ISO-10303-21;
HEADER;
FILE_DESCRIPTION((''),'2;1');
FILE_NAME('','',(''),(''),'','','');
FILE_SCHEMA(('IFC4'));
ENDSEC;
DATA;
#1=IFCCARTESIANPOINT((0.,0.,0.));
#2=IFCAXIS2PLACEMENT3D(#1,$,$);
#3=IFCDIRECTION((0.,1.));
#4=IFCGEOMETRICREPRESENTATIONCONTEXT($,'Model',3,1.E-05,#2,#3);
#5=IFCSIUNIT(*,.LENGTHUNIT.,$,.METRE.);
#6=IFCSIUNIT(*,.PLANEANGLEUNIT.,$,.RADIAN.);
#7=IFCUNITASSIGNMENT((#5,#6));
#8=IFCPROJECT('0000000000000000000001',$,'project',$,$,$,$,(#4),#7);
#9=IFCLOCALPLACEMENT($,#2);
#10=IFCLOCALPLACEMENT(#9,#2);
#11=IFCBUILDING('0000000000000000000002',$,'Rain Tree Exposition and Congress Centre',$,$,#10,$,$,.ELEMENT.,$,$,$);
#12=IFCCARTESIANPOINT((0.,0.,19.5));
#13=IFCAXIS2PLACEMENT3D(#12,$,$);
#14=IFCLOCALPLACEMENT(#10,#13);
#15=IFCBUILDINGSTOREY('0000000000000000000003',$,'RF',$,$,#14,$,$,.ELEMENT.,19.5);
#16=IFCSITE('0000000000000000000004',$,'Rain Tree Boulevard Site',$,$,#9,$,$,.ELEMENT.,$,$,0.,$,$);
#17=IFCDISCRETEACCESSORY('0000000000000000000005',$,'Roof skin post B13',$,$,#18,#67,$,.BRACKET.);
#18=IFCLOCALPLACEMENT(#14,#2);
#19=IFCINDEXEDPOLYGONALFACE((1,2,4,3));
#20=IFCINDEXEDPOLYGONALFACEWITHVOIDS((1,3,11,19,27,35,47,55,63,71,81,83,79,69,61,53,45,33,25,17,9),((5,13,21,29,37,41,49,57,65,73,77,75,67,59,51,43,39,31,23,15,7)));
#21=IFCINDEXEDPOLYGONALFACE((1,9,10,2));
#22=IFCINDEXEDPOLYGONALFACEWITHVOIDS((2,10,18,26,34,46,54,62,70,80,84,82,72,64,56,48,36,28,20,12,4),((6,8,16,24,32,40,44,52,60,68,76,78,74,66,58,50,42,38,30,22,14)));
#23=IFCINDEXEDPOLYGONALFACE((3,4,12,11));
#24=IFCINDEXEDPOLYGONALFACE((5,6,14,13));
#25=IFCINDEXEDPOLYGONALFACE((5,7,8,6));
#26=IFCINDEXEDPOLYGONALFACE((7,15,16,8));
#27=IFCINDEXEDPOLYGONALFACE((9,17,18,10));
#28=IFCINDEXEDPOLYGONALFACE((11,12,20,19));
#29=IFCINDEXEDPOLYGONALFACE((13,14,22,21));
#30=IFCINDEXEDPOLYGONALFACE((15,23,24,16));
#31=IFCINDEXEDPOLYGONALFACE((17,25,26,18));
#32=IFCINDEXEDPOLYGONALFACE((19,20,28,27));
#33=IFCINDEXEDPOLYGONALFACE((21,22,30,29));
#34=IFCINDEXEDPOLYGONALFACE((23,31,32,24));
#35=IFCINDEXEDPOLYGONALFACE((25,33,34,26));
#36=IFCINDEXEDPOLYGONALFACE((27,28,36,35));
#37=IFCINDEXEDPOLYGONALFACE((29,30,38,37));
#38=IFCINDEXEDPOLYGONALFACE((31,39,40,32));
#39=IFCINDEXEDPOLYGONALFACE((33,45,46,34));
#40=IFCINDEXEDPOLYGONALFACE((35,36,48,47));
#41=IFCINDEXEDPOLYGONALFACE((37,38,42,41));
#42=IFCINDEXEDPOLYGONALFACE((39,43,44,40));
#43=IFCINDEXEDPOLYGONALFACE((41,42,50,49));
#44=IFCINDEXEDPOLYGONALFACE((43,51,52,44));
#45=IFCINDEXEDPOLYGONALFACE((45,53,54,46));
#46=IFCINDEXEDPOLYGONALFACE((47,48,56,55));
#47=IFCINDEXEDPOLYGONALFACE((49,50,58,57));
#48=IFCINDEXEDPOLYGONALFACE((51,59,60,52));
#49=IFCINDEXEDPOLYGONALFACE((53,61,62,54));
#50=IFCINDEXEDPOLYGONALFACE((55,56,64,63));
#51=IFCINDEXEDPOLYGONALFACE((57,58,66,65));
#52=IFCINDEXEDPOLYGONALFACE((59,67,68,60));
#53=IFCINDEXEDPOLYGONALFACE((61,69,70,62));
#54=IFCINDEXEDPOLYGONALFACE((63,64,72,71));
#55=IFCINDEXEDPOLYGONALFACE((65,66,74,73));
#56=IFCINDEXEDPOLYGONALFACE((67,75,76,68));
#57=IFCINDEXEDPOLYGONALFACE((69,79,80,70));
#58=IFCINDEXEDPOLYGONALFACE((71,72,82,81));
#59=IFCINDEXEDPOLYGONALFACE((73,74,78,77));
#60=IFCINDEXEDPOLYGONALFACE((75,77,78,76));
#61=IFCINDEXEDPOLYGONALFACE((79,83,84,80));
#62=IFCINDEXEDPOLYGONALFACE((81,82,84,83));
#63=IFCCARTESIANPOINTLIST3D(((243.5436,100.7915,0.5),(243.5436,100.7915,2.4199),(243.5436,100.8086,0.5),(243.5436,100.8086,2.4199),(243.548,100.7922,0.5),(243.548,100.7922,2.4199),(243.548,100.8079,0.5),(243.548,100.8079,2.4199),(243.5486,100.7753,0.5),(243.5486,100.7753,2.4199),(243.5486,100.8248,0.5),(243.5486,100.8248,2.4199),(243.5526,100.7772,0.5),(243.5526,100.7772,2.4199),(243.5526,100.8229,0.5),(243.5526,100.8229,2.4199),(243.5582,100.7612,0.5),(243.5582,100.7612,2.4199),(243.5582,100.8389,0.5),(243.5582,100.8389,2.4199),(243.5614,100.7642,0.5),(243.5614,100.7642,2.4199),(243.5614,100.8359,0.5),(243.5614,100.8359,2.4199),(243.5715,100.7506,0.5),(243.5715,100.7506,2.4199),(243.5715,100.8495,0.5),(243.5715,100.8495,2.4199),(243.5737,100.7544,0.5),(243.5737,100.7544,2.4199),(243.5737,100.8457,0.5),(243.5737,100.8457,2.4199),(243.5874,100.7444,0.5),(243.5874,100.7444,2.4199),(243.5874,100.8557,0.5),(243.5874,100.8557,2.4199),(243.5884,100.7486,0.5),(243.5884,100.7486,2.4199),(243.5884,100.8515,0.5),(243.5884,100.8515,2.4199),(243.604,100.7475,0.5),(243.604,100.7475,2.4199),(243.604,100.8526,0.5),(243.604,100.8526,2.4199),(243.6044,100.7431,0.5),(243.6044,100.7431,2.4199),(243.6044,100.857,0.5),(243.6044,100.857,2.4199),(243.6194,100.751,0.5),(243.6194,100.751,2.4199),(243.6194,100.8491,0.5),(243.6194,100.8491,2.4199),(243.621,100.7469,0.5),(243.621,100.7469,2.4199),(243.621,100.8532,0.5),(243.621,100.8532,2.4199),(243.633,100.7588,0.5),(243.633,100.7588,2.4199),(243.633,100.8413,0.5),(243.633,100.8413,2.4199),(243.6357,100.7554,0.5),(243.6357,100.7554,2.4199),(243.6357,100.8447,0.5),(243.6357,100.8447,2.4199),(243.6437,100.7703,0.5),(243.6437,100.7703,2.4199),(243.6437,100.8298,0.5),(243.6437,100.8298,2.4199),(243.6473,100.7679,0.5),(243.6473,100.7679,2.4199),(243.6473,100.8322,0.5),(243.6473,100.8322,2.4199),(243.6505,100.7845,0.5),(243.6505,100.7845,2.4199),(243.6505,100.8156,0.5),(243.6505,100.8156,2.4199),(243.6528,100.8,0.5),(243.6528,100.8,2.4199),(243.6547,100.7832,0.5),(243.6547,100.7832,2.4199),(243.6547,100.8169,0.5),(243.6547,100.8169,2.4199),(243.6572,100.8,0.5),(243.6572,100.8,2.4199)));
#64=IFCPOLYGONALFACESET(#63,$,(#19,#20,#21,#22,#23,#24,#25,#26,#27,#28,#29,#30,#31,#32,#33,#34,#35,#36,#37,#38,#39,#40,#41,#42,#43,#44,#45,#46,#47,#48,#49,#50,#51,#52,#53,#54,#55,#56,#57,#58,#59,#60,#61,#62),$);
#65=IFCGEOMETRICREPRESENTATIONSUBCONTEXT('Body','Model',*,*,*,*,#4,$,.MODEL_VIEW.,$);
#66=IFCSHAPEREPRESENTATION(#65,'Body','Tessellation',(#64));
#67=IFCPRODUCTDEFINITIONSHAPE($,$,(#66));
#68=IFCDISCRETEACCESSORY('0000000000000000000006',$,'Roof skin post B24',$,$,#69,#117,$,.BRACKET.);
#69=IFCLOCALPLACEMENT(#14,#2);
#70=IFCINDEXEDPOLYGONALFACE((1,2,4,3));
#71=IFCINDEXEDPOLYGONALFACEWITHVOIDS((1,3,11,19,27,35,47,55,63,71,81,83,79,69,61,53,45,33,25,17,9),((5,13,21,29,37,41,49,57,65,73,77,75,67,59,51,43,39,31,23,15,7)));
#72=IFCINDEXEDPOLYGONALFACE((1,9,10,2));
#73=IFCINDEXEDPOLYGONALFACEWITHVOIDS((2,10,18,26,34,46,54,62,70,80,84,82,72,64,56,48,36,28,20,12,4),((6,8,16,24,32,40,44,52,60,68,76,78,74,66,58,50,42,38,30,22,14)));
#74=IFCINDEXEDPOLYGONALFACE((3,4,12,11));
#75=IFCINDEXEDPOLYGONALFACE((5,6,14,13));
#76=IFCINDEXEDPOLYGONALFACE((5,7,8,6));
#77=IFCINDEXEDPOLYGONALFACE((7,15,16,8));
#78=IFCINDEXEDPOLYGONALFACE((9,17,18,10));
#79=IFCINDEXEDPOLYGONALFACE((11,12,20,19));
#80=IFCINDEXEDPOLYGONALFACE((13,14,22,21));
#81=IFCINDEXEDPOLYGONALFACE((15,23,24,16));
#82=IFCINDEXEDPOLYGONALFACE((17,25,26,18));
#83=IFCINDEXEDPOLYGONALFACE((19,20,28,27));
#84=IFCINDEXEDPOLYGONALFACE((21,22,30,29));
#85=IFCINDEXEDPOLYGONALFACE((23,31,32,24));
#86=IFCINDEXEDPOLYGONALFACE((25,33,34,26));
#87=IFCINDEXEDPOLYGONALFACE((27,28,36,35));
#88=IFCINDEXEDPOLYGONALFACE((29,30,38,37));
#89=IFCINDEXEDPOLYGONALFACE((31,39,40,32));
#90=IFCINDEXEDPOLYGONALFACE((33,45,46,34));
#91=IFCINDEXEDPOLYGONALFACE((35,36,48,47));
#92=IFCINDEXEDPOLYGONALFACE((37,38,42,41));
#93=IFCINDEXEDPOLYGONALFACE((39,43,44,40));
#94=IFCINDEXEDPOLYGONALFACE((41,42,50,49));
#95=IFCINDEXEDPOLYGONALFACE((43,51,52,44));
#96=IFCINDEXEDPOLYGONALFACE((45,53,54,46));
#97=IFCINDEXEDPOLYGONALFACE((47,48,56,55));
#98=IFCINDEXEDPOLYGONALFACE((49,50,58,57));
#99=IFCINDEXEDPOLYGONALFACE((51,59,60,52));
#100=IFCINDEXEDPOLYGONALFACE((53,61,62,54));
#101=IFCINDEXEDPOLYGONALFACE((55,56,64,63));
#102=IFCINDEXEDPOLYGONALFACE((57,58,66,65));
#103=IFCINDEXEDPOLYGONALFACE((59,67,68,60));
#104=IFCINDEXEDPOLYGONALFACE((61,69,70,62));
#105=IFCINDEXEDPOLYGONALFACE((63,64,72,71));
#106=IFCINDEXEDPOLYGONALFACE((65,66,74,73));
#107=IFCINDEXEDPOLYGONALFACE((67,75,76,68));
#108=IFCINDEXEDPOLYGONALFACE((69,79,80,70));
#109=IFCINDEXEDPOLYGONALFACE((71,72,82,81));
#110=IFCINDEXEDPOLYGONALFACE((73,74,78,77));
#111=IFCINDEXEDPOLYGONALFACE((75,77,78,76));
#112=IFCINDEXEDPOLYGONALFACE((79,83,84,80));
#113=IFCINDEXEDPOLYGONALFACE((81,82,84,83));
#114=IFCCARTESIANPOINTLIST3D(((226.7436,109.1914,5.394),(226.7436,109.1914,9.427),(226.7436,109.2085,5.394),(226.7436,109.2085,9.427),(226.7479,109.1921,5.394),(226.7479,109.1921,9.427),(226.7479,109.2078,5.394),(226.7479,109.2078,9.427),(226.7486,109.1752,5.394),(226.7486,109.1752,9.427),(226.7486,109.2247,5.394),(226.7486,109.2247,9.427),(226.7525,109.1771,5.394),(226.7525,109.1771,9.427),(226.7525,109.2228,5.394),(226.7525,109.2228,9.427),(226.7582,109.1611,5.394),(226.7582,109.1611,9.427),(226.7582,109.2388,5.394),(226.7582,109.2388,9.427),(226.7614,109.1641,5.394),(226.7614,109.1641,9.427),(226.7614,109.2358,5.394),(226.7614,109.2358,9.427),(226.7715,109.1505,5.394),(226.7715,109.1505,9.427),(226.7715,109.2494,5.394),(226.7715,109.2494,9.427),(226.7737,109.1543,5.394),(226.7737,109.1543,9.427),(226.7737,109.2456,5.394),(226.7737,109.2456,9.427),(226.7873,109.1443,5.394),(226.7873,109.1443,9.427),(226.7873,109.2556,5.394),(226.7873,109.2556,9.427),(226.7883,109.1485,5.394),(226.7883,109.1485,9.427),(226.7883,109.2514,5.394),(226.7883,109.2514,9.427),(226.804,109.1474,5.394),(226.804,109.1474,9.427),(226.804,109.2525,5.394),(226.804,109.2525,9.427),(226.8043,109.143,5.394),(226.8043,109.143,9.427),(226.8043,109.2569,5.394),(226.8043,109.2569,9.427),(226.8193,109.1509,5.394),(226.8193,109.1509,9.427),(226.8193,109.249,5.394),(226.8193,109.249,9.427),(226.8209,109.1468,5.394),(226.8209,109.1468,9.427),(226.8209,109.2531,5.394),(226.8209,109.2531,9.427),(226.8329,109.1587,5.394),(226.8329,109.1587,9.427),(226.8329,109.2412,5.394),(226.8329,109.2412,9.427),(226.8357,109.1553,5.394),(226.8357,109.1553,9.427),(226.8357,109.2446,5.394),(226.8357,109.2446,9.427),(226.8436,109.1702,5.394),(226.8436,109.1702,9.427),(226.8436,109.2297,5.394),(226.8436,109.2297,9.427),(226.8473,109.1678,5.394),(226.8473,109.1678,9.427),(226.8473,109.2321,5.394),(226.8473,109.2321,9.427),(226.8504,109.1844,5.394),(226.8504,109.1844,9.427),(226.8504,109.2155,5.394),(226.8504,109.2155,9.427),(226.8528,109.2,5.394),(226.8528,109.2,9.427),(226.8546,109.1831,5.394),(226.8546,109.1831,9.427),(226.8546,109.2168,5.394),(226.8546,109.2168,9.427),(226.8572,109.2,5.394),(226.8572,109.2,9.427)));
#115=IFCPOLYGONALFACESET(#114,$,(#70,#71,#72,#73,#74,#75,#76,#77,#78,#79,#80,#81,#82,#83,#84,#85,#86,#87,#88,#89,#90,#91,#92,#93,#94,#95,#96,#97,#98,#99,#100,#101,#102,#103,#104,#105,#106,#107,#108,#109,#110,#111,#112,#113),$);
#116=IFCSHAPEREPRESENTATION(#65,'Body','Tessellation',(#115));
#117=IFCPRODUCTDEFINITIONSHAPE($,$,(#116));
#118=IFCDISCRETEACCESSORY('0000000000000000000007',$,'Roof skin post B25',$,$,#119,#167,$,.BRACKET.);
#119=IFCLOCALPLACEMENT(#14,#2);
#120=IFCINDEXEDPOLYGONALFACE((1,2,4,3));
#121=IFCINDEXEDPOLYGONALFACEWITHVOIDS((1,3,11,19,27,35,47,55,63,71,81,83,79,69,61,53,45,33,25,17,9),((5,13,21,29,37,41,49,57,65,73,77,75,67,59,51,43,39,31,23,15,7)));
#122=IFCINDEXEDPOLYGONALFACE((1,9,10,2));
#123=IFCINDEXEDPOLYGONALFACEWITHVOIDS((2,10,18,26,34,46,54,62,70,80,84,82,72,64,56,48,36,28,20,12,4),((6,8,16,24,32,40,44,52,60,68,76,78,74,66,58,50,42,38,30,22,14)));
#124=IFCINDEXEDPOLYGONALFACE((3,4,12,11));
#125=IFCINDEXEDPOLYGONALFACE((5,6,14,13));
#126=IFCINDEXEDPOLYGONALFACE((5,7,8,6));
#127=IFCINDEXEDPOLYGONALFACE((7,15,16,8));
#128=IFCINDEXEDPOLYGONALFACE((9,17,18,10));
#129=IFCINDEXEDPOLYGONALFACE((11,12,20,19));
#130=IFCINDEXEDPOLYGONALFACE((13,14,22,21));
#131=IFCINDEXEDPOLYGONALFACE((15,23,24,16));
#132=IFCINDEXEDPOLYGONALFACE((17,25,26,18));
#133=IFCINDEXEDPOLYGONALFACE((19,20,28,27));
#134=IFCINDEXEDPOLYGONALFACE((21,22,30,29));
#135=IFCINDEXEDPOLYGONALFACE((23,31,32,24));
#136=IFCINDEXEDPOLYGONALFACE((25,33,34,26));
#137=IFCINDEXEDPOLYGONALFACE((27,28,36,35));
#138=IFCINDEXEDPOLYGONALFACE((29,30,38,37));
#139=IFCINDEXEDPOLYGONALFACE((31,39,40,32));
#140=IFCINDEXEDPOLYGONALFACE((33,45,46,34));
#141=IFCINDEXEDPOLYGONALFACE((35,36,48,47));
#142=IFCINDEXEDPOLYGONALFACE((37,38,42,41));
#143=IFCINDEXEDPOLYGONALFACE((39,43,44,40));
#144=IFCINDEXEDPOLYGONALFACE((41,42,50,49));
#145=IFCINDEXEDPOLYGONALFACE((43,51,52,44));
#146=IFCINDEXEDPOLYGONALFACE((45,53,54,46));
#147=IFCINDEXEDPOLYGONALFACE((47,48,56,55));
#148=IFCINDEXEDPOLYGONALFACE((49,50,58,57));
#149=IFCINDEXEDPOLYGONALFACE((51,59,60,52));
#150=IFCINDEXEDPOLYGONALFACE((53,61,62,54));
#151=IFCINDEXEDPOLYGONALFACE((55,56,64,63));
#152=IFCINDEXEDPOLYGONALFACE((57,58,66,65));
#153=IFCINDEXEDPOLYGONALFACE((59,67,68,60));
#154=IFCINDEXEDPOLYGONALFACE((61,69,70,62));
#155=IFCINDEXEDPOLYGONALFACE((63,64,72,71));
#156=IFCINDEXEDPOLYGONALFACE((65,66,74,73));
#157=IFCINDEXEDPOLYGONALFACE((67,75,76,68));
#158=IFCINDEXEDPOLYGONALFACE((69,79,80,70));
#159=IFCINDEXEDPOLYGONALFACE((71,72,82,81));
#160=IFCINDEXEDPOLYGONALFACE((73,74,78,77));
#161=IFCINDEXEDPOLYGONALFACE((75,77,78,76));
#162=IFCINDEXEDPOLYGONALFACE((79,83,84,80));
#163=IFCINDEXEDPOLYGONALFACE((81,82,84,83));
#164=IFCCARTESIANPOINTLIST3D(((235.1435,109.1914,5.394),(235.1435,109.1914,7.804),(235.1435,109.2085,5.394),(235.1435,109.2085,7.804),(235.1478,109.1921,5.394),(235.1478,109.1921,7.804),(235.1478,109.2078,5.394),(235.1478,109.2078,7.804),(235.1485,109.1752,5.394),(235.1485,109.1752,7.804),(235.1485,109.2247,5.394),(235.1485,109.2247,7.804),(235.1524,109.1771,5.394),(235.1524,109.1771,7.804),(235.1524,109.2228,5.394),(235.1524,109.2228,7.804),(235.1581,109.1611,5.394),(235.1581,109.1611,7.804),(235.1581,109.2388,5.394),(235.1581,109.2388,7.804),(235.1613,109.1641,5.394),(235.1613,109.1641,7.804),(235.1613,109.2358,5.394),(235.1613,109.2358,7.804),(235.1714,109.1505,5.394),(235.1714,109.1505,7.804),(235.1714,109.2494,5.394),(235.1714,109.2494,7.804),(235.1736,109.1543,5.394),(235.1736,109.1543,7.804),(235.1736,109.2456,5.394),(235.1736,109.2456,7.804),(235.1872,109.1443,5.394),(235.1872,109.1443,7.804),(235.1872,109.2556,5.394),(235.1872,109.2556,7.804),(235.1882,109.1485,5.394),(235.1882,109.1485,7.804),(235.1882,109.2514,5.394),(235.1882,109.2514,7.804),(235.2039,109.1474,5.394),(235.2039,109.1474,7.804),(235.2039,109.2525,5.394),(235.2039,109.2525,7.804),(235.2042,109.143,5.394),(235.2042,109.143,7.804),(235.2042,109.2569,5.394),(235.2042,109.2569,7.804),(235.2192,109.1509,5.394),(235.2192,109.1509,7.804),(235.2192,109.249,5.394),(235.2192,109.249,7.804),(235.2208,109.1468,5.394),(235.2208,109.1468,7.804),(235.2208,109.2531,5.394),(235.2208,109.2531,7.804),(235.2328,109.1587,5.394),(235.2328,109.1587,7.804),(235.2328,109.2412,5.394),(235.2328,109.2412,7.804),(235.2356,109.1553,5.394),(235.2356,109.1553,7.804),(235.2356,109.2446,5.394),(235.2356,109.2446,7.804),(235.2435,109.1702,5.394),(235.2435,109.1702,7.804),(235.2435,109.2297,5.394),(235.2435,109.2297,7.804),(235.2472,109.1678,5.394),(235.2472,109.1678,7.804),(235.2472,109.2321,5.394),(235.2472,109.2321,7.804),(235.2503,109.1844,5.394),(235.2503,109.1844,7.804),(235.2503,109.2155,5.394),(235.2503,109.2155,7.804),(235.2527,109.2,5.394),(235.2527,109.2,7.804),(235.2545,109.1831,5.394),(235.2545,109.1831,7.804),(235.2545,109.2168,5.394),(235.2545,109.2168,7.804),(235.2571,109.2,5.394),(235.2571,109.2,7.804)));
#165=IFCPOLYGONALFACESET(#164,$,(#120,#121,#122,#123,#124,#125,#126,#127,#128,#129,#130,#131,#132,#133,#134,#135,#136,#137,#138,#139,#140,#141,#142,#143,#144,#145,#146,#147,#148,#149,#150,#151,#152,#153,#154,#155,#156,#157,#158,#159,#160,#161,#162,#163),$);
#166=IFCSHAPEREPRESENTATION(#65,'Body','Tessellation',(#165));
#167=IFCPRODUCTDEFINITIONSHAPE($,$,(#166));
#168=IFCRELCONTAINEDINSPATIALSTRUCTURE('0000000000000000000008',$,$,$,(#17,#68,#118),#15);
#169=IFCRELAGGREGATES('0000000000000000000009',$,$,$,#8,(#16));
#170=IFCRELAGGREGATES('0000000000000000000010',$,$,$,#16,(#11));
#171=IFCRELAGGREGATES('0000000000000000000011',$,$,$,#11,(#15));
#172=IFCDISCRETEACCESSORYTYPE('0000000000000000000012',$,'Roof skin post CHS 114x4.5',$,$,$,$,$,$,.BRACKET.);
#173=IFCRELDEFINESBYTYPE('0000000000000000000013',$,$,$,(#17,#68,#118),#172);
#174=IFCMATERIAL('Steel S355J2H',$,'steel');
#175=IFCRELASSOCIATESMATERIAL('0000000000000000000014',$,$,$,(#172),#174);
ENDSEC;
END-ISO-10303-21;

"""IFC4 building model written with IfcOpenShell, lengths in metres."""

from ifc_helpers import new_model, si_unit, direction, frame, origin, origin_2d, place, context, subcontext, project, spatial, hollow_circle, extrude, material, material_profile, profile_set, type_object, element, save


model = new_model("IFC4")

# Units and contexts
model_context = context("Model", 3, precision=1e-05, world=origin(), true_north=direction((0.0, 1.0)))
body_context = subcontext(model_context, "Body", "Model", "MODEL_VIEW")
ifc_project = project(units=[si_unit("LENGTHUNIT", "METRE"), si_unit("PLANEANGLEUNIT", "RADIAN")], contexts=[model_context])

# Site, building, storey
site_placement = place(None, origin())
site = spatial("IfcSite", under=ifc_project, at=site_placement, Name="Rain Tree Boulevard Site", CompositionType="ELEMENT", RefElevation=0.0)
building_placement = place(site_placement, origin())
building = spatial("IfcBuilding", under=site, at=building_placement, Name="Rain Tree Exposition and Congress Centre", CompositionType="ELEMENT")
storey_placement = place(building_placement, frame((0.0, 0.0, 19.5)))
storey = spatial("IfcBuildingStorey", under=building, at=storey_placement, Name="RF", CompositionType="ELEMENT", Elevation=19.5)

# Discrete accessories
ifc_material_1 = material(Name="Steel S355J2H", Category="steel")
ifc_material_profile_1 = material_profile(ifc_material_1, hollow_circle(Radius=0.0571, WallThickness=0.0044, at=origin_2d()), Name="CHS 114x4.5")
ifc_profile_set_1 = profile_set([ifc_material_profile_1], Name="Steel S355J2H")
discrete_accessory_type_1 = type_object("IfcDiscreteAccessoryType", Name="Roof skin post CHS 114x4.5", PredefinedType="BRACKET", material=ifc_profile_set_1)
discrete_accessory_1_placement = place(storey_placement, frame((243.6001, 100.8, 0.5), z_axis=(0.0, 0.0, 1.0), x_axis=(1.0, 0.0, 0.0)))
element("IfcDiscreteAccessory", 1, at=discrete_accessory_1_placement, inside=storey, type_object=discrete_accessory_type_1, Name="Roof skin post B13", PredefinedType="BRACKET", context=body_context, shape_type="SweptSolid", body=[
    extrude(hollow_circle(Radius=0.0571, WallThickness=0.0044, at=origin_2d()), origin(), (0.0, 0.0, 1.0), 1.9199),
])
discrete_accessory_2_placement = place(storey_placement, frame((226.8, 109.2, 5.394), z_axis=(0.0, 0.0, 1.0), x_axis=(1.0, 0.0, 0.0)))
element("IfcDiscreteAccessory", 2, at=discrete_accessory_2_placement, inside=storey, type_object=discrete_accessory_type_1, Name="Roof skin post B24", PredefinedType="BRACKET", context=body_context, shape_type="SweptSolid", body=[
    extrude(hollow_circle(Radius=0.0571, WallThickness=0.0044, at=origin_2d()), origin(), (0.0, 0.0, 1.0), 4.033),
])
discrete_accessory_3_placement = place(storey_placement, frame((235.2, 109.2, 5.394), z_axis=(0.0, 0.0, 1.0), x_axis=(1.0, 0.0, 0.0)))
element("IfcDiscreteAccessory", 3, at=discrete_accessory_3_placement, inside=storey, type_object=discrete_accessory_type_1, Name="Roof skin post B25", PredefinedType="BRACKET", context=body_context, shape_type="SweptSolid", body=[
    extrude(hollow_circle(Radius=0.0571, WallThickness=0.0044, at=origin_2d()), origin(), (0.0, 0.0, 1.0), 2.4099),
])

save(model, "model.ifc")
